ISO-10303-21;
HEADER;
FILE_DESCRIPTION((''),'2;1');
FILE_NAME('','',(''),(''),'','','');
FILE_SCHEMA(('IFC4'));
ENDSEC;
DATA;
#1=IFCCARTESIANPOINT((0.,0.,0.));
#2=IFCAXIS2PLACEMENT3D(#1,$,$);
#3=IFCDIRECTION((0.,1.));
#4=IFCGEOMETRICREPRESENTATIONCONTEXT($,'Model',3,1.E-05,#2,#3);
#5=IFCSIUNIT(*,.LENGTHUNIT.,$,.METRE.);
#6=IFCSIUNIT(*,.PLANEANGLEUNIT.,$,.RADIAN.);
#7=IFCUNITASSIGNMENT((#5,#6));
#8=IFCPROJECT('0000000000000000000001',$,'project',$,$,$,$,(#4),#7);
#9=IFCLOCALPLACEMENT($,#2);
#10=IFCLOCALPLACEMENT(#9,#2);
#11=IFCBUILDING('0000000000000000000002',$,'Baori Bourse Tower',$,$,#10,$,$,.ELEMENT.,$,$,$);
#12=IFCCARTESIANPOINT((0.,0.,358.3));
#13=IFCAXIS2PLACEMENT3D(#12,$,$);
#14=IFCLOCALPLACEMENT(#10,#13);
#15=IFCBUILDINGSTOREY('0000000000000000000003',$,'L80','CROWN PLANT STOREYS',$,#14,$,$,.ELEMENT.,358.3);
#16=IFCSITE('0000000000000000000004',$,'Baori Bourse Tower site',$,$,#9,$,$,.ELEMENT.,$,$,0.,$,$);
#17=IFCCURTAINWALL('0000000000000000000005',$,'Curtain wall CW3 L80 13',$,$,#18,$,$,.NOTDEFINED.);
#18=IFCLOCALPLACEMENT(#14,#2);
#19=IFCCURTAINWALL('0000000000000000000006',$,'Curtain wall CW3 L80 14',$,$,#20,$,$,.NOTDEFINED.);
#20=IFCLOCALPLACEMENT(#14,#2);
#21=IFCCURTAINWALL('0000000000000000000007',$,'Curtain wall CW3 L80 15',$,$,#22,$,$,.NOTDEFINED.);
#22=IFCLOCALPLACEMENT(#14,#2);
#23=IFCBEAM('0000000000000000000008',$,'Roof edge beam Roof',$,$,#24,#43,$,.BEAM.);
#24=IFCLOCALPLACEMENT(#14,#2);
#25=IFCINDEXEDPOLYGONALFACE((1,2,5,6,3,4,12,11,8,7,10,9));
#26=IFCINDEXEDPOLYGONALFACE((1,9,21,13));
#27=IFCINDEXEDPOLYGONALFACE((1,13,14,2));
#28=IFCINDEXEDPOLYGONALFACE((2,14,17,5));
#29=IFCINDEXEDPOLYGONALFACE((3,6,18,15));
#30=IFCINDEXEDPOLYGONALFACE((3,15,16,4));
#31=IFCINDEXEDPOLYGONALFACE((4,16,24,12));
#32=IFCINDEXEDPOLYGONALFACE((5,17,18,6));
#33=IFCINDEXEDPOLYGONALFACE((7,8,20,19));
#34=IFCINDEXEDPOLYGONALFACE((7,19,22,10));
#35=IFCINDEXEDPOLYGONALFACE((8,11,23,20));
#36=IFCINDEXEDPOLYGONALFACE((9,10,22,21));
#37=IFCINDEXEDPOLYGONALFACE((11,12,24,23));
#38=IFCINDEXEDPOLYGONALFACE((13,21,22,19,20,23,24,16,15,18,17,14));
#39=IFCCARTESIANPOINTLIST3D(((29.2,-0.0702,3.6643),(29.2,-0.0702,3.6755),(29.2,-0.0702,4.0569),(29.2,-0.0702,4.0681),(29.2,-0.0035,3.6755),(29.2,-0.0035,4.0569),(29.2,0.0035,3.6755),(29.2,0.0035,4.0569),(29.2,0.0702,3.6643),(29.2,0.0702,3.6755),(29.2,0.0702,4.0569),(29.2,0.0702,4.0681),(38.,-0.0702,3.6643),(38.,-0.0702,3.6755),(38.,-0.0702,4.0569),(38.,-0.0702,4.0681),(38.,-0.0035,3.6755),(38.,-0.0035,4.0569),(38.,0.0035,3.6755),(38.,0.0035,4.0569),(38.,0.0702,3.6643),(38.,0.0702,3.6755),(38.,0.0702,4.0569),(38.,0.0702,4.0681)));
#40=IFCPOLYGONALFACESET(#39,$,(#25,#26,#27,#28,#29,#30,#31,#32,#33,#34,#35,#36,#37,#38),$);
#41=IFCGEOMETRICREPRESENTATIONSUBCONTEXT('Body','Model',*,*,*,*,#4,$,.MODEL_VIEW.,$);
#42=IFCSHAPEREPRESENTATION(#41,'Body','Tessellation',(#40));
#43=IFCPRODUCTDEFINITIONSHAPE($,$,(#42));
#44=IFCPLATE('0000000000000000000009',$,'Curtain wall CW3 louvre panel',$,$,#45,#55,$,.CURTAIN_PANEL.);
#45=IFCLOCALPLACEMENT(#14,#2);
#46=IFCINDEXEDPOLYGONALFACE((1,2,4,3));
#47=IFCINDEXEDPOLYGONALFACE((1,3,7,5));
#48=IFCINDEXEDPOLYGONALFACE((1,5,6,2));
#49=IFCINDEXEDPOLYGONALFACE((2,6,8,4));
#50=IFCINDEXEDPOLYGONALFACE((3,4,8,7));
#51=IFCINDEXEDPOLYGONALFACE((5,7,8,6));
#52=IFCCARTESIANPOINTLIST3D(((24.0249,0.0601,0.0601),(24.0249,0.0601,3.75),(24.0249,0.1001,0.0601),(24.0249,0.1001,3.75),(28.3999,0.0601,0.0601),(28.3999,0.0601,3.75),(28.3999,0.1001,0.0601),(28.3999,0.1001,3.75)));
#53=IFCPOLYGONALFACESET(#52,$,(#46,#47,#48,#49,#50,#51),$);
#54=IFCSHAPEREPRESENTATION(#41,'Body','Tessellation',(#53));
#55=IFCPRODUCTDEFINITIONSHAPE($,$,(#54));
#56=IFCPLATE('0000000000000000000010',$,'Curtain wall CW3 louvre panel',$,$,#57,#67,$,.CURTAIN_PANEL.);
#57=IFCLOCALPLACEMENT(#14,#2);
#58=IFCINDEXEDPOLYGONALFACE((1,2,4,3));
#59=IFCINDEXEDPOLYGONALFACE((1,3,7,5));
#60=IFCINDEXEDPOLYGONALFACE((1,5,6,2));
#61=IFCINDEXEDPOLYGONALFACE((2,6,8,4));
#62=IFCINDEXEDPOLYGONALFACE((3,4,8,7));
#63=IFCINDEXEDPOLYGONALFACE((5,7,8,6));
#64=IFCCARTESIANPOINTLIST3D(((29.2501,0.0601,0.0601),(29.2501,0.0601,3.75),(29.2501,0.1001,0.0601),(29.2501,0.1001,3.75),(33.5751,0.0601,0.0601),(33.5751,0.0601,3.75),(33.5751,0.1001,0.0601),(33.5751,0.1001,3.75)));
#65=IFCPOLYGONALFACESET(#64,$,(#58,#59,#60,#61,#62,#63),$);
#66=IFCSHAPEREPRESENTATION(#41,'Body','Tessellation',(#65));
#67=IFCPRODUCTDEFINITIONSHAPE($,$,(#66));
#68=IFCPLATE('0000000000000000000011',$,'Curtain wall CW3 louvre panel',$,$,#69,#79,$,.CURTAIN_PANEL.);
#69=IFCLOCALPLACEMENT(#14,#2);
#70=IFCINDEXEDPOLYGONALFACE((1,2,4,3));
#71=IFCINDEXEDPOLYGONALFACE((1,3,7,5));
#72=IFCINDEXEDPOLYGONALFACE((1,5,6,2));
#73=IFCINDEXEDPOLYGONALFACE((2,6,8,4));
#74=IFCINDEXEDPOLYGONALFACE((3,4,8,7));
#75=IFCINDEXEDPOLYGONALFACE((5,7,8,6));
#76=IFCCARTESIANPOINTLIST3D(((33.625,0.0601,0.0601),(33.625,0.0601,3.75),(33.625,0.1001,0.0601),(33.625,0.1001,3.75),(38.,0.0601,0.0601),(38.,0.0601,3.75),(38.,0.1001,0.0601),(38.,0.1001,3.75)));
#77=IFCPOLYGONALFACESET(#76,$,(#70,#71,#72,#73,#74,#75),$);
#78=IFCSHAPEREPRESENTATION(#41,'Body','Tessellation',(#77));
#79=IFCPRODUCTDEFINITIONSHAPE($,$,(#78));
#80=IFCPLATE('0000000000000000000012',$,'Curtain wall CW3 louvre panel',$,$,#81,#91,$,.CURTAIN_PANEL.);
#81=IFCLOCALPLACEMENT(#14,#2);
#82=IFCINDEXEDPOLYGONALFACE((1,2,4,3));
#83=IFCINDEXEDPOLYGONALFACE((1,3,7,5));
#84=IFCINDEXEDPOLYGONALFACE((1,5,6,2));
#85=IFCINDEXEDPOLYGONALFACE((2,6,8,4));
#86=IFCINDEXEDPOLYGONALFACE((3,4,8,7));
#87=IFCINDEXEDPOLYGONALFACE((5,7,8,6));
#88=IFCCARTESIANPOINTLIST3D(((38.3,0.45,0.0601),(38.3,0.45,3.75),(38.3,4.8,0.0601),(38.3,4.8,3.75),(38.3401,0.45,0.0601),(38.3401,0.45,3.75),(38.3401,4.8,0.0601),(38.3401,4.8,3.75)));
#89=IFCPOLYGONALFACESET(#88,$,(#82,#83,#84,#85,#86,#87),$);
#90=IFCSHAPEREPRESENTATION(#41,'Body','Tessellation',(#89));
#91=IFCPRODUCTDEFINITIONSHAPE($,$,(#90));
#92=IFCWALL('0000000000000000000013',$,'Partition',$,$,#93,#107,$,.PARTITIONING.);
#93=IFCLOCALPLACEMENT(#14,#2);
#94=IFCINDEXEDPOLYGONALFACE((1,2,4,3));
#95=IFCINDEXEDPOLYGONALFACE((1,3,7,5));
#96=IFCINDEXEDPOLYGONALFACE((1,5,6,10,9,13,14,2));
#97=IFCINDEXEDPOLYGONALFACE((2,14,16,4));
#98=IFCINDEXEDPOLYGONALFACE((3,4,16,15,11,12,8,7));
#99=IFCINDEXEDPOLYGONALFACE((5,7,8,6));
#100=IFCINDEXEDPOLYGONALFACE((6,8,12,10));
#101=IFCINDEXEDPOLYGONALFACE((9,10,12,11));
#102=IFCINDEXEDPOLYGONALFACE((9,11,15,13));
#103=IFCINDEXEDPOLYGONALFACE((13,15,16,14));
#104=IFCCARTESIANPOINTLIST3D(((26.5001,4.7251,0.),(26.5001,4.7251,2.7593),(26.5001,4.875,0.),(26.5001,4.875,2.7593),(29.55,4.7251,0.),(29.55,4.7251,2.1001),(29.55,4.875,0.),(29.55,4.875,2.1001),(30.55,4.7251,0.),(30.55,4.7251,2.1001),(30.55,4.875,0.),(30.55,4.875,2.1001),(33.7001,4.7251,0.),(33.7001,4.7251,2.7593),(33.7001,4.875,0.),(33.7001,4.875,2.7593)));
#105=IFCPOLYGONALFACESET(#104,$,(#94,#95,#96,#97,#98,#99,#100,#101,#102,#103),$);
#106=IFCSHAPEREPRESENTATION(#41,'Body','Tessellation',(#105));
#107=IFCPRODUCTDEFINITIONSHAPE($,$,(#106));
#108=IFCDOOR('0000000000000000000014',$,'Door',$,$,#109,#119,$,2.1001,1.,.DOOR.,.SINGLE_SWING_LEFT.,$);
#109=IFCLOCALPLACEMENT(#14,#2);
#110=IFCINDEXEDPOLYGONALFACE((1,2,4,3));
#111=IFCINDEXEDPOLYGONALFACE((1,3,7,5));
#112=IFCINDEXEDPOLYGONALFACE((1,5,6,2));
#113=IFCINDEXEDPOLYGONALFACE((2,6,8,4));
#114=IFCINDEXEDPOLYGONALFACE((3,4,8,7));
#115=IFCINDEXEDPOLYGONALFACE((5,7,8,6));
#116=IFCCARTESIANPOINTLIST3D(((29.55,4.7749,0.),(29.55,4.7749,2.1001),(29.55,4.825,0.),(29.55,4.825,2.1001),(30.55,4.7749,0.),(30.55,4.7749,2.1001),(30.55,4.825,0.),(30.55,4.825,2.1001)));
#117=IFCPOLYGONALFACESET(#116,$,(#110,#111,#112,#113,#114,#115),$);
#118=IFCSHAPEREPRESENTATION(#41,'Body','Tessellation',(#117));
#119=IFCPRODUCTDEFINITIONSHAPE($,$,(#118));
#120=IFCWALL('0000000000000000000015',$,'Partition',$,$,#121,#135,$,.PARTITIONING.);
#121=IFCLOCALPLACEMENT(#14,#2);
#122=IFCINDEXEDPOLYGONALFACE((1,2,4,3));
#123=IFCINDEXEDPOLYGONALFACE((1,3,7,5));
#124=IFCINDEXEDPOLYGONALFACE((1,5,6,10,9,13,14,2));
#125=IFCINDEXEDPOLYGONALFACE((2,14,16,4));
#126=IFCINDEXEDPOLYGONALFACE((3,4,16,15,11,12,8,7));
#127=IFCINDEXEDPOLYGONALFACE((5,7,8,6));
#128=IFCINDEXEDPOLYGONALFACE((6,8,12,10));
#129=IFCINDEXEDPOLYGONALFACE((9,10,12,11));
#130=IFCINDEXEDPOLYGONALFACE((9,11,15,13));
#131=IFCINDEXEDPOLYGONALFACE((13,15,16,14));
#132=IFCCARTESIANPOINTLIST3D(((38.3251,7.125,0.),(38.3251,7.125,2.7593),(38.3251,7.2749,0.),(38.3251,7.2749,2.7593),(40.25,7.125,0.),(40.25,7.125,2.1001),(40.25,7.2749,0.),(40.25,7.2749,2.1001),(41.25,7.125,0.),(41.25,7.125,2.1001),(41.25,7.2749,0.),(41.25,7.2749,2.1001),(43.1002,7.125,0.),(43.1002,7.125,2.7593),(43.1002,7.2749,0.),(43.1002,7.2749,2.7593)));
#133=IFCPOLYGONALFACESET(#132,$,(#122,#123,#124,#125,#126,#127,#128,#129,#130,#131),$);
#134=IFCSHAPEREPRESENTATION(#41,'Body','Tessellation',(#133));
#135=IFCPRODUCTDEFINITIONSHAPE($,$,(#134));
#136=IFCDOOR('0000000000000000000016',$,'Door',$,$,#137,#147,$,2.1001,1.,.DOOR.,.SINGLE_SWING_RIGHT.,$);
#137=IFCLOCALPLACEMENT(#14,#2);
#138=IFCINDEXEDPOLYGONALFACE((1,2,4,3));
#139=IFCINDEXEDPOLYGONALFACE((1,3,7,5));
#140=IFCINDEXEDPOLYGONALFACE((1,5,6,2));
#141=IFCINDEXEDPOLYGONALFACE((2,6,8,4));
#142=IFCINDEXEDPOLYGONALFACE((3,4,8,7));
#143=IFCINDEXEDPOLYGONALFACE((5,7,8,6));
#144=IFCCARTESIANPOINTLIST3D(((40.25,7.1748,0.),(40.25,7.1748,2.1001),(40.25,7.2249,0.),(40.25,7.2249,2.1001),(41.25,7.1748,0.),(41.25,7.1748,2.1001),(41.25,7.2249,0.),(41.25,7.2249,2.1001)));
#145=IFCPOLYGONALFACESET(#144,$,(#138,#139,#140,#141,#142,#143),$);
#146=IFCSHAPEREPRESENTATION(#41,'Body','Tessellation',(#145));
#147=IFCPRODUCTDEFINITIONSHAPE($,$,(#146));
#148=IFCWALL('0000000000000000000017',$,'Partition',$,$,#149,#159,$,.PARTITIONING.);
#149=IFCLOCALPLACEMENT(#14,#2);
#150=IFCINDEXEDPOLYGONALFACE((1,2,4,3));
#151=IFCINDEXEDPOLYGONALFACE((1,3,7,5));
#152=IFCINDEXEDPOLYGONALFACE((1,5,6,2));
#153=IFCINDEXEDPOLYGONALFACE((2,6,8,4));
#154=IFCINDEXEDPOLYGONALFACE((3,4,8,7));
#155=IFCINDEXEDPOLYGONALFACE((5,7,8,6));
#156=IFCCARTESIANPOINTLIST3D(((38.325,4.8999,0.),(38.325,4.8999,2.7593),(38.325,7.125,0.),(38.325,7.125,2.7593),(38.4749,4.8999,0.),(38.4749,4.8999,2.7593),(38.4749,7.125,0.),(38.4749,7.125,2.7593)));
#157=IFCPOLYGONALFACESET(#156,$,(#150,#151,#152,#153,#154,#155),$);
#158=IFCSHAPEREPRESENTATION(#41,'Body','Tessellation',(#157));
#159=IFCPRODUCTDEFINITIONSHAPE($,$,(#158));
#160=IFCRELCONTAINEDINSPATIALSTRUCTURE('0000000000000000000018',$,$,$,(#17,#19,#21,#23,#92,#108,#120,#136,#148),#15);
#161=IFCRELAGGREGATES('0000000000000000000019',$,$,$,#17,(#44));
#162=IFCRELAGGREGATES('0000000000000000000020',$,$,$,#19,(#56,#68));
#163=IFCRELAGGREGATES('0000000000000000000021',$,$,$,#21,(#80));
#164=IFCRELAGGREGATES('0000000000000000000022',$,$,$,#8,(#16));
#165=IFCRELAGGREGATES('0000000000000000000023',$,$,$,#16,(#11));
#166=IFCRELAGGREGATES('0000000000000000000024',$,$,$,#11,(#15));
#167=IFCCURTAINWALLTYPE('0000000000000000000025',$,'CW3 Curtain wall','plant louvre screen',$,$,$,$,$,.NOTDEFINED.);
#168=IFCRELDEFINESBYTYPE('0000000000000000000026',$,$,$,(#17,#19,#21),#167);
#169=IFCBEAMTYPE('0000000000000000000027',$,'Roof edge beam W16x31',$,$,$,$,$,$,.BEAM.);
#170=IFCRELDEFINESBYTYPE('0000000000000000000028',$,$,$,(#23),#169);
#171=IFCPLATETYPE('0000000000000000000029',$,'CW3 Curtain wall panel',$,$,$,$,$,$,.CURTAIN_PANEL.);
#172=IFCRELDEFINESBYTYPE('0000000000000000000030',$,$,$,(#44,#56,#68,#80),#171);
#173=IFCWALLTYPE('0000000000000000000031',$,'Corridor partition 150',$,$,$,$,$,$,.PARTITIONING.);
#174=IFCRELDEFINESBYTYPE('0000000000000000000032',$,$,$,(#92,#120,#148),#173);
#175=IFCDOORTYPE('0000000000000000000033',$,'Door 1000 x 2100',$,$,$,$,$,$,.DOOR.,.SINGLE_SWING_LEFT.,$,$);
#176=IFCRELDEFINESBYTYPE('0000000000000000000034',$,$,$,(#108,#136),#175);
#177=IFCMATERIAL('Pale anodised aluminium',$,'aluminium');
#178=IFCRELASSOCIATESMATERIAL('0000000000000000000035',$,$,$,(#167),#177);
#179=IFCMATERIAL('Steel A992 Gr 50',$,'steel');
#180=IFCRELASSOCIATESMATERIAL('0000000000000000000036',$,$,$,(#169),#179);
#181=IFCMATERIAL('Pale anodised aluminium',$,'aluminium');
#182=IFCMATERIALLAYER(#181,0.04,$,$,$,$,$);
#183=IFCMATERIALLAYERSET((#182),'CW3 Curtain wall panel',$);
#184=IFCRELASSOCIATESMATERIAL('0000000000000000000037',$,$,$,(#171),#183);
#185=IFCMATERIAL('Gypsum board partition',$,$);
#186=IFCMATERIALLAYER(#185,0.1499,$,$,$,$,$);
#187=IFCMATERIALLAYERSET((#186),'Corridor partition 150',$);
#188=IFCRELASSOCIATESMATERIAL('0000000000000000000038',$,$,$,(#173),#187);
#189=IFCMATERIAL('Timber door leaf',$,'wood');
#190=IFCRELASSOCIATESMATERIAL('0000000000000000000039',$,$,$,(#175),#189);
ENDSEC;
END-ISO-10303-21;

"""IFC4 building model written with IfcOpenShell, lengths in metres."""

from ifc_helpers import new_model, si_unit, direction, frame, frame_2d, origin, origin_2d, place, context, subcontext, project, spatial, rectangle, i_section, extrude, material, layer, layer_set, material_profile, profile_set, type_object, element, fill, aggregate, save


model = new_model("IFC4")

# Units and contexts
model_context = context("Model", 3, precision=1e-05, world=origin(), true_north=direction((0.0, 1.0)))
body_context = subcontext(model_context, "Body", "Model", "MODEL_VIEW")
ifc_project = project(units=[si_unit("LENGTHUNIT", "METRE"), si_unit("PLANEANGLEUNIT", "RADIAN")], contexts=[model_context])

# Site, building, storey
site_placement = place(None, origin())
site = spatial("IfcSite", under=ifc_project, at=site_placement, Name="Baori Bourse Tower site", CompositionType="ELEMENT", RefElevation=0.0)
building_placement = place(site_placement, origin())
building = spatial("IfcBuilding", under=site, at=building_placement, Name="Baori Bourse Tower", CompositionType="ELEMENT")
storey_placement = place(building_placement, frame((0.0, 0.0, 358.3)))
storey = spatial("IfcBuildingStorey", under=building, at=storey_placement, Name="L80", Description="CROWN PLANT STOREYS", CompositionType="ELEMENT", Elevation=358.3)

# Curtain wall
ifc_material_1 = material(Name="Pale anodised aluminium", Category="aluminium")
curtain_wall_type = type_object("IfcCurtainWallType", Name="CW3 Curtain wall", Description="plant louvre screen", PredefinedType="NOTDEFINED", material=ifc_material_1)
curtain_wall_1_placement = place(storey_placement, origin())
curtain_wall_1 = element("IfcCurtainWall", 1, at=curtain_wall_1_placement, inside=storey, type_object=curtain_wall_type, Name="Curtain wall CW3 L80 13", PredefinedType="NOTDEFINED")

# Curtain wall
curtain_wall_2_placement = place(storey_placement, origin())
curtain_wall_2 = element("IfcCurtainWall", 2, at=curtain_wall_2_placement, inside=storey, type_object=curtain_wall_type, Name="Curtain wall CW3 L80 14", PredefinedType="NOTDEFINED")

# Curtain wall
curtain_wall_3_placement = place(storey_placement, origin())
curtain_wall_3 = element("IfcCurtainWall", 3, at=curtain_wall_3_placement, inside=storey, type_object=curtain_wall_type, Name="Curtain wall CW3 L80 15", PredefinedType="NOTDEFINED")

# Beam
ifc_material_2 = material(Name="Steel A992 Gr 50", Category="steel")
ifc_material_profile_1 = material_profile(ifc_material_2, i_section(OverallWidth=0.1404, OverallDepth=0.4038, WebThickness=0.0071, FlangeThickness=0.0112, at=origin_2d()), Name="W16x31")
ifc_profile_set_1 = profile_set([ifc_material_profile_1], Name="Steel A992 Gr 50")
beam_type_1 = type_object("IfcBeamType", Name="Roof edge beam W16x31", PredefinedType="BEAM", material=ifc_profile_set_1)
beam_1_placement = place(storey_placement, frame((29.2, 0.0, 3.8662), z_axis=(1.0, 0.0, 0.0), x_axis=(0.0, 1.0, 0.0)))
element("IfcBeam", 4, at=beam_1_placement, inside=storey, type_object=beam_type_1, Name="Roof edge beam Roof", PredefinedType="BEAM", context=body_context, shape_type="SweptSolid", body=[
    extrude(i_section(OverallWidth=0.1404, OverallDepth=0.4038, WebThickness=0.0071, FlangeThickness=0.0112, at=origin_2d()), origin(), (0.0, 0.0, 1.0), 8.8),
])

# Plates
ifc_material_3 = material(Name="Pale anodised aluminium", Category="aluminium")
ifc_layer_1 = layer(ifc_material_3, 0.04)
ifc_layer_set_1 = layer_set([ifc_layer_1], Name="CW3 Curtain wall panel")
plate_type = type_object("IfcPlateType", Name="CW3 Curtain wall panel", PredefinedType="CURTAIN_PANEL", material=ifc_layer_set_1)
plate_1_placement = place(storey_placement, frame((26.2124, 0.0801, 0.0601), z_axis=(0.0, 0.0, 1.0), x_axis=(1.0, 0.0, 0.0)))
plate_1 = element("IfcPlate", 5, at=plate_1_placement, type_object=plate_type, Name="Curtain wall CW3 louvre panel", PredefinedType="CURTAIN_PANEL", context=body_context, shape_type="SweptSolid", body=[
    extrude(rectangle(XDim=4.375, YDim=0.04, at=origin_2d()), origin(), (0.0, 0.0, 1.0), 3.6899),
])
aggregate(curtain_wall_1, [plate_1])
plate_2_placement = place(storey_placement, frame((31.4126, 0.0801, 0.0601), z_axis=(0.0, 0.0, 1.0), x_axis=(1.0, 0.0, 0.0)))
plate_2 = element("IfcPlate", 6, at=plate_2_placement, type_object=plate_type, Name="Curtain wall CW3 louvre panel", PredefinedType="CURTAIN_PANEL", context=body_context, shape_type="SweptSolid", body=[
    extrude(rectangle(XDim=4.325, YDim=0.04, at=origin_2d()), origin(), (0.0, 0.0, 1.0), 3.6899),
])
plate_3_placement = place(storey_placement, frame((35.8125, 0.0801, 0.0601), z_axis=(0.0, 0.0, 1.0), x_axis=(1.0, 0.0, 0.0)))
plate_3 = element("IfcPlate", 7, at=plate_3_placement, type_object=plate_type, Name="Curtain wall CW3 louvre panel", PredefinedType="CURTAIN_PANEL", context=body_context, shape_type="SweptSolid", body=[
    extrude(rectangle(XDim=4.375, YDim=0.04, at=origin_2d()), origin(), (0.0, 0.0, 1.0), 3.6899),
])
aggregate(curtain_wall_2, [plate_2, plate_3])
plate_4_placement = place(storey_placement, frame((38.3201, 2.625, 0.0601), z_axis=(0.0, 0.0, 1.0), x_axis=(0.0, 1.0, 0.0)))
plate_4 = element("IfcPlate", 8, at=plate_4_placement, type_object=plate_type, Name="Curtain wall CW3 louvre panel", PredefinedType="CURTAIN_PANEL", context=body_context, shape_type="SweptSolid", body=[
    extrude(rectangle(XDim=4.3501, YDim=0.04, at=origin_2d()), origin(), (0.0, 0.0, 1.0), 3.6899),
])
aggregate(curtain_wall_3, [plate_4])

# Walls, openings, doors
ifc_material_4 = material(Name="Gypsum board partition")
ifc_layer_2 = layer(ifc_material_4, 0.1499)
ifc_layer_set_2 = layer_set([ifc_layer_2], Name="Corridor partition 150")
wall_type_1 = type_object("IfcWallType", Name="Corridor partition 150", PredefinedType="PARTITIONING", material=ifc_layer_set_2)
wall_1_placement = place(storey_placement, frame((26.5, 4.8, 0.0), z_axis=(0.0, 0.0, 1.0), x_axis=(1.0, 0.0, 0.0)))
wall_1 = element("IfcWall", 9, at=wall_1_placement, inside=storey, type_object=wall_type_1, Name="Partition", PredefinedType="PARTITIONING", context=body_context, shape_type="SweptSolid", body=[
    extrude(rectangle(XDim=7.2, YDim=0.1499, at=frame_2d((3.6001, 0.0))), origin(), (0.0, 0.0, 1.0), 2.7593),
])
opening_1_placement = place(wall_1_placement, frame((3.05, 0.0, 0.0)))
opening_1 = element("IfcOpeningElement", 10, at=opening_1_placement, cuts=wall_1, PredefinedType="OPENING", context=body_context, shape_type="SweptSolid", body=[
    extrude(rectangle(XDim=1.0, YDim=2.1001, at=frame_2d((0.5, 1.05))), frame((0.0, 0.085, 0.0), z_axis=(0.0, -1.0, 0.0), x_axis=(1.0, 0.0, 0.0)), (0.0, 0.0, 1.0), 0.1699),
])
ifc_material_5 = material(Name="Timber door leaf", Category="wood")
door_type = type_object("IfcDoorType", Name="Door 1000 x 2100", OperationType="SINGLE_SWING_LEFT", PredefinedType="DOOR", material=ifc_material_5)
door_1_placement = place(opening_1_placement, origin())
door_1 = element("IfcDoor", 11, at=door_1_placement, inside=storey, type_object=door_type, Name="Door", OperationType="SINGLE_SWING_LEFT", OverallHeight=2.1001, OverallWidth=1.0, PredefinedType="DOOR", context=body_context, shape_type="SweptSolid", body=[
    extrude(rectangle(XDim=1.0, YDim=2.1001, at=frame_2d((0.5, 1.05))), frame((0.0, 0.0249, 0.0), z_axis=(0.0, -1.0, 0.0), x_axis=(1.0, 0.0, 0.0)), (0.0, 0.0, 1.0), 0.05),
])
fill(opening_1, door_1)
wall_2_placement = place(storey_placement, frame((38.325, 7.2, 0.0), z_axis=(0.0, 0.0, 1.0), x_axis=(1.0, 0.0, 0.0)))
wall_2 = element("IfcWall", 12, at=wall_2_placement, inside=storey, type_object=wall_type_1, Name="Partition", PredefinedType="PARTITIONING", context=body_context, shape_type="SweptSolid", body=[
    extrude(rectangle(XDim=4.7751, YDim=0.1499, at=frame_2d((2.3877, 0.0))), origin(), (0.0, 0.0, 1.0), 2.7593),
])
opening_2_placement = place(wall_2_placement, frame((1.925, 0.0, 0.0)))
opening_2 = element("IfcOpeningElement", 13, at=opening_2_placement, cuts=wall_2, PredefinedType="OPENING", context=body_context, shape_type="SweptSolid", body=[
    extrude(rectangle(XDim=1.0, YDim=2.1001, at=frame_2d((0.5, 1.05))), frame((0.0, 0.085, 0.0), z_axis=(0.0, -1.0, 0.0), x_axis=(1.0, 0.0, 0.0)), (0.0, 0.0, 1.0), 0.1699),
])
door_2_placement = place(opening_2_placement, origin())
door_2 = element("IfcDoor", 14, at=door_2_placement, inside=storey, type_object=door_type, Name="Door", OperationType="SINGLE_SWING_RIGHT", OverallHeight=2.1001, OverallWidth=1.0, PredefinedType="DOOR", context=body_context, shape_type="SweptSolid", body=[
    extrude(rectangle(XDim=1.0, YDim=2.1001, at=frame_2d((0.5, 1.05))), frame((0.0, 0.0249, 0.0), z_axis=(0.0, -1.0, 0.0), x_axis=(1.0, 0.0, 0.0)), (0.0, 0.0, 1.0), 0.05),
])
fill(opening_2, door_2)

# Wall
wall_3_placement = place(storey_placement, frame((38.3999, 4.8999, 0.0), z_axis=(0.0, 0.0, 1.0), x_axis=(0.0, 1.0, 0.0)))
element("IfcWall", 15, at=wall_3_placement, inside=storey, type_object=wall_type_1, Name="Partition", PredefinedType="PARTITIONING", context=body_context, shape_type="SweptSolid", body=[
    extrude(rectangle(XDim=2.2251, YDim=0.1499, at=frame_2d((1.1125, 0.0))), origin(), (0.0, 0.0, 1.0), 2.7593),
])

save(model, "model.ifc")
